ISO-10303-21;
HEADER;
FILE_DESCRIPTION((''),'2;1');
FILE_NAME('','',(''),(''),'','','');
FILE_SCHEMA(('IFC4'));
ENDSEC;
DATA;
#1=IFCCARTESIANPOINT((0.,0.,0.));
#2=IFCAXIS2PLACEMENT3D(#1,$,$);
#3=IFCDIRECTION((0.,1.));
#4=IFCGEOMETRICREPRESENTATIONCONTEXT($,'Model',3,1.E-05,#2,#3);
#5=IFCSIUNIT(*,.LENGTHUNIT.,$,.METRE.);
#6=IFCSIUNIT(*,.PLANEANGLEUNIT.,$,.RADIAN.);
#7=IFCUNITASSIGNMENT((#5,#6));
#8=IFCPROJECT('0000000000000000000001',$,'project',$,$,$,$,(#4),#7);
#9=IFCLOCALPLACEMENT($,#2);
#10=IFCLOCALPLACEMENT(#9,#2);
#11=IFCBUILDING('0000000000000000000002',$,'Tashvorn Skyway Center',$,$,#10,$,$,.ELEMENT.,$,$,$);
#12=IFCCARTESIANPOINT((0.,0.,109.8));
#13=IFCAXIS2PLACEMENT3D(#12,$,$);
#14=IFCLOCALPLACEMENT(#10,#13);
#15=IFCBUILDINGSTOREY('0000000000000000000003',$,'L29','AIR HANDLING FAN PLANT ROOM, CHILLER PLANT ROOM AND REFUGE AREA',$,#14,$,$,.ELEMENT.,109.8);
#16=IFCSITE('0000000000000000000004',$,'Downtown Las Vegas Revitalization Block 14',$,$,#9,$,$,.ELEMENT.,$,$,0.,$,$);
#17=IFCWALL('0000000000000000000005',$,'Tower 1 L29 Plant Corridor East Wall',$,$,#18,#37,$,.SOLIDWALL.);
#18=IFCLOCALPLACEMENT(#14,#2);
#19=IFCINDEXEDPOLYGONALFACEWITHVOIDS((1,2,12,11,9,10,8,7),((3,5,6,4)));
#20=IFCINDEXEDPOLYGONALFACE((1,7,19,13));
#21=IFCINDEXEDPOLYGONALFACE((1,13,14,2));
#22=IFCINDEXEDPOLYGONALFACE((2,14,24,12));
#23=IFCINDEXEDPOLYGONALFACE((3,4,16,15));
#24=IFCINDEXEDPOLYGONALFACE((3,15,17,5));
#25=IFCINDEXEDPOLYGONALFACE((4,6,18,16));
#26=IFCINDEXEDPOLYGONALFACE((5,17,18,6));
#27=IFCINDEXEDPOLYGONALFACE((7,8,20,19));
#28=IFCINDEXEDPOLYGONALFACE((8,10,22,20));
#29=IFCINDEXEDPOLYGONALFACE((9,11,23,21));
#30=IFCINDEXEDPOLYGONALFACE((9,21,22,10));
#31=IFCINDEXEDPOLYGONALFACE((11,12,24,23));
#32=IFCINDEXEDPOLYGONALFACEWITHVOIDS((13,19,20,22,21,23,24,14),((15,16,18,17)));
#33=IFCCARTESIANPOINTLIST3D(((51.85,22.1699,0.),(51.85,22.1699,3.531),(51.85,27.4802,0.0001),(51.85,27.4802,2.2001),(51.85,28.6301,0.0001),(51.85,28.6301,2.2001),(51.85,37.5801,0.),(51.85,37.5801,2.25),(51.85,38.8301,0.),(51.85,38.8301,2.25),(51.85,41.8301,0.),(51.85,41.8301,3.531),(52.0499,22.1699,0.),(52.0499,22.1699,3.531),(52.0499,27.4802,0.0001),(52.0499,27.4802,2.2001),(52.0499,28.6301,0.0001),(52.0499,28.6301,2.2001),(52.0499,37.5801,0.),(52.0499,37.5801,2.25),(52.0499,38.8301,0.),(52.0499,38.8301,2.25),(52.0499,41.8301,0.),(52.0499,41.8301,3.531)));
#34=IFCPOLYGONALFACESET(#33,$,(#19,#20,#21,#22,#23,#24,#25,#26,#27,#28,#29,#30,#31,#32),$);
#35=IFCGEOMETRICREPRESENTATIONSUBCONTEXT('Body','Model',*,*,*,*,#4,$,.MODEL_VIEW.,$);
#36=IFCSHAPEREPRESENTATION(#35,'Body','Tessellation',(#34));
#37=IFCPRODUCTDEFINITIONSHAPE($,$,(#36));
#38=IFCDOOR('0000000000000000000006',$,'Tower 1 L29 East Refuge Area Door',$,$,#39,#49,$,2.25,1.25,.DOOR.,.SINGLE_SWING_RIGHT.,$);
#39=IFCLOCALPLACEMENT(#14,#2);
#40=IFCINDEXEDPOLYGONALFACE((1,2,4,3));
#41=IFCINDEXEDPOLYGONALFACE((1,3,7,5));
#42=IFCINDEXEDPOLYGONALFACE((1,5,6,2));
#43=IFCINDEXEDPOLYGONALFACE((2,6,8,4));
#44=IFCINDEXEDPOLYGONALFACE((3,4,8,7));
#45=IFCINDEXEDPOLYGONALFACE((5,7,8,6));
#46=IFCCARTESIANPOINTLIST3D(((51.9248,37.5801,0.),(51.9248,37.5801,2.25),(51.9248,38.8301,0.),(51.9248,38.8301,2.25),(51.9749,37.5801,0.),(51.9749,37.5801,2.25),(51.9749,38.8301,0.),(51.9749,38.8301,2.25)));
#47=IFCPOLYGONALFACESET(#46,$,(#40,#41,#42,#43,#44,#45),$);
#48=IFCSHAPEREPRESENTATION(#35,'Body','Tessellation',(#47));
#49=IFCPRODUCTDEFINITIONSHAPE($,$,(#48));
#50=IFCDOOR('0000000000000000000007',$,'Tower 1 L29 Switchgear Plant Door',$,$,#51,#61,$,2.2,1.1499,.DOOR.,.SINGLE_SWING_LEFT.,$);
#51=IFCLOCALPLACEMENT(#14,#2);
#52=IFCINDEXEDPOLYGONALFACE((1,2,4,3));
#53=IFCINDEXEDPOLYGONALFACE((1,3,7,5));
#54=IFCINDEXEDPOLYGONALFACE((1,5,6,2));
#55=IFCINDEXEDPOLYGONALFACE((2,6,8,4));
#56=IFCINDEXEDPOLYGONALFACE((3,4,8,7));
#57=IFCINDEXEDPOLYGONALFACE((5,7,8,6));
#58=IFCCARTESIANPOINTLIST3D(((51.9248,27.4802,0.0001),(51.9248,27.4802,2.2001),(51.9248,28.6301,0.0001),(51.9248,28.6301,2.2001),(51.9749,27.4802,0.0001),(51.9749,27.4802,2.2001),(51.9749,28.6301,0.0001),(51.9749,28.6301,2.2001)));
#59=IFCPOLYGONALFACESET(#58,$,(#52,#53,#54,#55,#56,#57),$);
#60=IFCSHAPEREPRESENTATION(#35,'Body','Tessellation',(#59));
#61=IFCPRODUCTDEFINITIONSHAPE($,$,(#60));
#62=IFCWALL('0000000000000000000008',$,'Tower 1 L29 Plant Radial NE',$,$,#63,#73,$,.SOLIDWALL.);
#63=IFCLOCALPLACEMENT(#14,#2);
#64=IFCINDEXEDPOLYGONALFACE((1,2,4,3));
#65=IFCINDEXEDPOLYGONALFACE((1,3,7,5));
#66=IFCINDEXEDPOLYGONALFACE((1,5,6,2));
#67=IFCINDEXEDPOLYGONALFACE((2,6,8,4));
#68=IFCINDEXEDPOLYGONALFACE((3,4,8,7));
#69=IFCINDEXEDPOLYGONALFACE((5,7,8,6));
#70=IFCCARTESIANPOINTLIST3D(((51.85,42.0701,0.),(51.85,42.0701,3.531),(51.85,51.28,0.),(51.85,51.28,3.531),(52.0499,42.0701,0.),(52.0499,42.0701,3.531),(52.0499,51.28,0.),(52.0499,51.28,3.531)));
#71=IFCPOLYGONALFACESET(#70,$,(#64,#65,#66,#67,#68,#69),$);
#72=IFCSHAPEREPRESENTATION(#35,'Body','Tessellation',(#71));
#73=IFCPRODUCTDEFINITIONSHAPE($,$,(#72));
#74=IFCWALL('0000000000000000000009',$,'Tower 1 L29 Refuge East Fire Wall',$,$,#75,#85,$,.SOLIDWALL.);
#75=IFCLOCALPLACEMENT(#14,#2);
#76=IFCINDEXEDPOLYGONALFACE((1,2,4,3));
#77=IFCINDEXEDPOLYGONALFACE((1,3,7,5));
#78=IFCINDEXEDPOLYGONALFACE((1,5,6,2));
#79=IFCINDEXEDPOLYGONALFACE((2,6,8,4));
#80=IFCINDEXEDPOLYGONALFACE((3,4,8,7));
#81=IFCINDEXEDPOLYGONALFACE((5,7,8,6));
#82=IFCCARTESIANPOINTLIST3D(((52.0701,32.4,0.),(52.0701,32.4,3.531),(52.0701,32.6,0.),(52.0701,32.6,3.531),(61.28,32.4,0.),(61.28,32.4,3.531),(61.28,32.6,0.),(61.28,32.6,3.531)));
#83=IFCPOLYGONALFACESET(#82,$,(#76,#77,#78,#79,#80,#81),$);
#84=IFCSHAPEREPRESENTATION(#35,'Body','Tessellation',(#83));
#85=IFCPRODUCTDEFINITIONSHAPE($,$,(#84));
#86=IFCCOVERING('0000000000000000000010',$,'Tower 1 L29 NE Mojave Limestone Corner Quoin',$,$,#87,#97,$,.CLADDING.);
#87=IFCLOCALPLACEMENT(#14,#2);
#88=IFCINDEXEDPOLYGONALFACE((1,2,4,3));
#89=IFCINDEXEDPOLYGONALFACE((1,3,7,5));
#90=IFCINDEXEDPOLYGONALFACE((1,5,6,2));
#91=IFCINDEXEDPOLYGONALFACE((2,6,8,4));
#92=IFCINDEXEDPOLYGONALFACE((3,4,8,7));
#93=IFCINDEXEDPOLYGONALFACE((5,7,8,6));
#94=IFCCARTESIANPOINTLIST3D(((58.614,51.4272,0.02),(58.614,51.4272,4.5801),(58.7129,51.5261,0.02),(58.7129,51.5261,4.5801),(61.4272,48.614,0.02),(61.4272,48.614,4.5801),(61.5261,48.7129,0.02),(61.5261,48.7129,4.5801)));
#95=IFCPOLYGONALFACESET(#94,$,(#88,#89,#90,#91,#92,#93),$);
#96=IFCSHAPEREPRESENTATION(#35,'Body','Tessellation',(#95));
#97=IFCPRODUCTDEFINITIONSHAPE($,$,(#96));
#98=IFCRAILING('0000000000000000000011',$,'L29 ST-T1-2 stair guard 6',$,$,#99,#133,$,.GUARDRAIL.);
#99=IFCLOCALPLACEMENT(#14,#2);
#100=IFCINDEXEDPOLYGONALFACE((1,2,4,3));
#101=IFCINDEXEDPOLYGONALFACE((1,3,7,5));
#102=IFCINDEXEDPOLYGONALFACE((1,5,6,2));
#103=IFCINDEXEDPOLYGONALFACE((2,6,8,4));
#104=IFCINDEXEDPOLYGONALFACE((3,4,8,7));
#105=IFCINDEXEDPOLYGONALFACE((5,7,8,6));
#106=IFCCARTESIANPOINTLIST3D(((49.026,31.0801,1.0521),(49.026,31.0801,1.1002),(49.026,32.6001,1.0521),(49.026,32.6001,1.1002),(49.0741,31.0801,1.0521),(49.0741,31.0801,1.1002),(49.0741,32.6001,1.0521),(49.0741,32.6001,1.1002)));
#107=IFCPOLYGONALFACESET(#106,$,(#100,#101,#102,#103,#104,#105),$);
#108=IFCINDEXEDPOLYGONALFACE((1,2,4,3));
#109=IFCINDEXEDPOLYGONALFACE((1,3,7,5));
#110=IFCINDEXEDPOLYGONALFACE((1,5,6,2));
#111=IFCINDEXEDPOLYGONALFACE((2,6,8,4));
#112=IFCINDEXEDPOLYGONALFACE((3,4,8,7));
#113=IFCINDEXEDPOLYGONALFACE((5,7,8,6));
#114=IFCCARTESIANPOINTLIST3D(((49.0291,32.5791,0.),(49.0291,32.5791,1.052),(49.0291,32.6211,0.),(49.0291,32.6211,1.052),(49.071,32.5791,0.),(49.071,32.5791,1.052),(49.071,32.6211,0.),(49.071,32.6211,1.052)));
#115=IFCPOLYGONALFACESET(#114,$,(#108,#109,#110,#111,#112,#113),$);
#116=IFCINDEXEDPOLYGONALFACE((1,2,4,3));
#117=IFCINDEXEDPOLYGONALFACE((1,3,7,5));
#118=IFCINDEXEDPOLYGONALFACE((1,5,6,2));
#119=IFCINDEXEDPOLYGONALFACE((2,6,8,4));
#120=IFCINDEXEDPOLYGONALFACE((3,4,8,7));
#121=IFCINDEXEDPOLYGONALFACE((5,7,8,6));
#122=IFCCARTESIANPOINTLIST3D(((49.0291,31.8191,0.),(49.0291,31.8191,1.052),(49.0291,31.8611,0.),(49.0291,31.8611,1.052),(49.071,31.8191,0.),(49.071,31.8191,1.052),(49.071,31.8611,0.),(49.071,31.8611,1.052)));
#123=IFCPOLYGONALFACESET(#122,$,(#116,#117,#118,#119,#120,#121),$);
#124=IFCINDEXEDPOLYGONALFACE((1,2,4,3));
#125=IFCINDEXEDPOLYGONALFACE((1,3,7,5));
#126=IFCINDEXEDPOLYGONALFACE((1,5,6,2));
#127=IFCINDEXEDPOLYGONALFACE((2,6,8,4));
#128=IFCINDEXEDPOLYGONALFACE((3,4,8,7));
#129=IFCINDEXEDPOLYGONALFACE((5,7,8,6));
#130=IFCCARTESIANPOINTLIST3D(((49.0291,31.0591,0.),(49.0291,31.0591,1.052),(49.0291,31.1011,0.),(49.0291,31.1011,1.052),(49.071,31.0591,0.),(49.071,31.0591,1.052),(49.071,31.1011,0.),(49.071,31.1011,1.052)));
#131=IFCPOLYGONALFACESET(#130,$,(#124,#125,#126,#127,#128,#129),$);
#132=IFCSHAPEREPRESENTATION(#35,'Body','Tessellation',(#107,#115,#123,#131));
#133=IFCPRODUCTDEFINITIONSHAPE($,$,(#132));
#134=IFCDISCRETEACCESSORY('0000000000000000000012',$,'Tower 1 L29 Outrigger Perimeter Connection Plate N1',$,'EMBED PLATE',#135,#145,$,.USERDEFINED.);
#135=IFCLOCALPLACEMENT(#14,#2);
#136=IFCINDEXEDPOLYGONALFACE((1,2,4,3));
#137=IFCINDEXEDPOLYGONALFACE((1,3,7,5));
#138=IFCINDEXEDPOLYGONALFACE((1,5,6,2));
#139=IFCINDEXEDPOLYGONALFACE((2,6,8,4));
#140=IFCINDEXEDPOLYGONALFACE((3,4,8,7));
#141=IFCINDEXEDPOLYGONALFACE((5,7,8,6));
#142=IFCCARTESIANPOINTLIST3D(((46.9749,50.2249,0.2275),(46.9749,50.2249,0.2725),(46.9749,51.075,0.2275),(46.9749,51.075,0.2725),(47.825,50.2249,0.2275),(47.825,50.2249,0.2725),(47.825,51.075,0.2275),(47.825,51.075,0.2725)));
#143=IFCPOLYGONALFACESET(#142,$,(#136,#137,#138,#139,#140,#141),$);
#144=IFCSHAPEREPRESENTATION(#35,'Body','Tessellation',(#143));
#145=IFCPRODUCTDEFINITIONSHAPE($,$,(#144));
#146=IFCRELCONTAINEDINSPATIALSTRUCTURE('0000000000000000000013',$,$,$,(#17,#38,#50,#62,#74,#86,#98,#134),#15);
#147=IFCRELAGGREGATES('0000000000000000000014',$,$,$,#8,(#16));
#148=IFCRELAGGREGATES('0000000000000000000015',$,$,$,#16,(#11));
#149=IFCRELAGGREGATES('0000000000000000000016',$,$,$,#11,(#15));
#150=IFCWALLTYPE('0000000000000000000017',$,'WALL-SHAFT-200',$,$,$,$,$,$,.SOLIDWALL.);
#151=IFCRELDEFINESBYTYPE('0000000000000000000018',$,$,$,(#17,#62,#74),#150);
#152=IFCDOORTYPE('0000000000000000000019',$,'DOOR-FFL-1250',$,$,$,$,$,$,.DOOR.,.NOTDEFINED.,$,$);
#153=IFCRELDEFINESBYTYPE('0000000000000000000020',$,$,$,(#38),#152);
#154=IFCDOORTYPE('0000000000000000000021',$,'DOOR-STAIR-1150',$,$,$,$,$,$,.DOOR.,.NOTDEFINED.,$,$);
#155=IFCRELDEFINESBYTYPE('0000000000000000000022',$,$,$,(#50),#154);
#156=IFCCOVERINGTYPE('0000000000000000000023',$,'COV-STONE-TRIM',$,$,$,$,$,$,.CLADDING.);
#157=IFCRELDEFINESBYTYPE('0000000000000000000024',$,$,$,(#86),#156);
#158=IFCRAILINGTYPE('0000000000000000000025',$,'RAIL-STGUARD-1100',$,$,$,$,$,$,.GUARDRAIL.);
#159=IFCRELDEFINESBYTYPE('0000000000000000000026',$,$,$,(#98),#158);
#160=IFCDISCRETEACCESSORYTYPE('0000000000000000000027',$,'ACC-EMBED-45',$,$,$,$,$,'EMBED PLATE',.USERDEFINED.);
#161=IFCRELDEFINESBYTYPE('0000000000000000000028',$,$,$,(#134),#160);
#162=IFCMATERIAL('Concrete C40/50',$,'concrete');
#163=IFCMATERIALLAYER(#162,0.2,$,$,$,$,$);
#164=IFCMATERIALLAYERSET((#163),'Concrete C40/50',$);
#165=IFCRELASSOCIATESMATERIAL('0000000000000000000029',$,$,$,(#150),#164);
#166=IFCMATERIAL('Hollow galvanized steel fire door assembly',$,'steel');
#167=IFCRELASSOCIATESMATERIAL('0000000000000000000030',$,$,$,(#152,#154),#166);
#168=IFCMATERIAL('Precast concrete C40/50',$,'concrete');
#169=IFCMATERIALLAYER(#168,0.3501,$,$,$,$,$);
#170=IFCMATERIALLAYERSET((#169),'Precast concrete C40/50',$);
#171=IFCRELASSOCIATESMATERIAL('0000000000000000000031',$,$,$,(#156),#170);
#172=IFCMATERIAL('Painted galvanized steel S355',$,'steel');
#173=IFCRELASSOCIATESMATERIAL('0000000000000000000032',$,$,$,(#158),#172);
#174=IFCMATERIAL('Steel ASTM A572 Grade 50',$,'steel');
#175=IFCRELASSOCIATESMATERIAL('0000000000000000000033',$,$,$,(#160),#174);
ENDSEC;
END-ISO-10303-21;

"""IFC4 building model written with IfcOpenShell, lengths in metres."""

from ifc_helpers import new_model, si_unit, direction, frame, frame_2d, origin, origin_2d, place, context, subcontext, project, spatial, rectangle, extrude, material, layer, layer_set, type_object, element, fill, save


model = new_model("IFC4")

# Units and contexts
model_context = context("Model", 3, precision=1e-05, world=origin(), true_north=direction((0.0, 1.0)))
body_context = subcontext(model_context, "Body", "Model", "MODEL_VIEW")
ifc_project = project(units=[si_unit("LENGTHUNIT", "METRE"), si_unit("PLANEANGLEUNIT", "RADIAN")], contexts=[model_context])

# Site, building, storey
site_placement = place(None, origin())
site = spatial("IfcSite", under=ifc_project, at=site_placement, Name="Downtown Las Vegas Revitalization Block 14", CompositionType="ELEMENT", RefElevation=0.0)
building_placement = place(site_placement, origin())
building = spatial("IfcBuilding", under=site, at=building_placement, Name="Tashvorn Skyway Center", CompositionType="ELEMENT")
storey_placement = place(building_placement, frame((0.0, 0.0, 109.8)))
storey = spatial("IfcBuildingStorey", under=building, at=storey_placement, Name="L29", Description="AIR HANDLING FAN PLANT ROOM, CHILLER PLANT ROOM AND REFUGE AREA", CompositionType="ELEMENT", Elevation=109.8)

# Shared definitions
ifc_material_1 = material(Name="Steel ASTM A572 Grade 50", Category="steel")

# Shared definitions
ifc_material_2 = material(Name="Precast concrete C40/50", Category="concrete")

# Wall, openings, doors
ifc_material_3 = material(Name="Concrete C40/50", Category="concrete")
ifc_layer_1 = layer(ifc_material_3, 0.2)
ifc_layer_set_1 = layer_set([ifc_layer_1], Name="Concrete C40/50")
wall_type_1 = type_object("IfcWallType", Name="WALL-SHAFT-200", PredefinedType="SOLIDWALL", material=ifc_layer_set_1)
wall_1_placement = place(storey_placement, frame((51.95, 41.8301, 0.0), z_axis=(0.0, 0.0, 1.0), x_axis=(0.0, -1.0, 0.0)))
wall_1 = element("IfcWall", 1, at=wall_1_placement, inside=storey, type_object=wall_type_1, Name="Tower 1 L29 Plant Corridor East Wall", PredefinedType="SOLIDWALL", context=body_context, shape_type="SweptSolid", body=[
    extrude(rectangle(XDim=19.6602, YDim=0.2, at=frame_2d((9.8301, 0.0))), origin(), (0.0, 0.0, 1.0), 3.531),
])
opening_1_placement = place(wall_1_placement, frame((3.0, 0.0, 0.0)))
opening_1 = element("IfcOpeningElement", 2, at=opening_1_placement, cuts=wall_1, PredefinedType="OPENING", context=body_context, shape_type="SweptSolid", body=[
    extrude(rectangle(XDim=1.25, YDim=2.25, at=frame_2d((0.625, 1.125))), frame((0.0, 0.1099, 0.0), z_axis=(0.0, -1.0, 0.0), x_axis=(1.0, 0.0, 0.0)), (0.0, 0.0, 1.0), 0.22),
])
opening_2_placement = place(wall_1_placement, frame((13.2, 0.0, 0.0)))
opening_2 = element("IfcOpeningElement", 3, at=opening_2_placement, cuts=wall_1, PredefinedType="OPENING", context=body_context, shape_type="SweptSolid", body=[
    extrude(rectangle(XDim=1.1499, YDim=2.2, at=frame_2d((0.575, 1.1001))), frame((0.0, 0.1099, 0.0), z_axis=(0.0, -1.0, 0.0), x_axis=(1.0, 0.0, 0.0)), (0.0, 0.0, 1.0), 0.22),
])
ifc_material_4 = material(Name="Hollow galvanized steel fire door assembly", Category="steel")
door_type_1 = type_object("IfcDoorType", Name="DOOR-FFL-1250", OperationType="NOTDEFINED", PredefinedType="DOOR", material=ifc_material_4)
door_1_placement = place(opening_1_placement, origin())
door_1 = element("IfcDoor", 4, at=door_1_placement, inside=storey, type_object=door_type_1, Name="Tower 1 L29 East Refuge Area Door", OperationType="SINGLE_SWING_RIGHT", OverallHeight=2.25, OverallWidth=1.25, PredefinedType="DOOR", context=body_context, shape_type="SweptSolid", body=[
    extrude(rectangle(XDim=1.25, YDim=2.25, at=frame_2d((0.625, 1.125))), frame((0.0, 0.0249, 0.0), z_axis=(0.0, -1.0, 0.0), x_axis=(1.0, 0.0, 0.0)), (0.0, 0.0, 1.0), 0.05),
])
fill(opening_1, door_1)
door_type_2 = type_object("IfcDoorType", Name="DOOR-STAIR-1150", OperationType="NOTDEFINED", PredefinedType="DOOR", material=ifc_material_4)
door_2_placement = place(opening_2_placement, origin())
door_2 = element("IfcDoor", 5, at=door_2_placement, inside=storey, type_object=door_type_2, Name="Tower 1 L29 Switchgear Plant Door", OperationType="SINGLE_SWING_LEFT", OverallHeight=2.2, OverallWidth=1.1499, PredefinedType="DOOR", context=body_context, shape_type="SweptSolid", body=[
    extrude(rectangle(XDim=1.1499, YDim=2.2, at=frame_2d((0.575, 1.1001))), frame((0.0, 0.0249, 0.0), z_axis=(0.0, -1.0, 0.0), x_axis=(1.0, 0.0, 0.0)), (0.0, 0.0, 1.0), 0.05),
])
fill(opening_2, door_2)

# Walls
for number, where, z_axis, x_axis, name in (
    (6, (51.95, 42.0701, 0.0), (0.0, 0.0, 1.0), (0.0, 1.0, 0.0), "Tower 1 L29 Plant Radial NE"),
    (7, (52.0701, 32.5, 0.0), (0.0, 0.0, 1.0), (1.0, 0.0, 0.0), "Tower 1 L29 Refuge East Fire Wall"),
):
    element("IfcWall", number, at=place(storey_placement, frame(where, z_axis=z_axis, x_axis=x_axis)), inside=storey, type_object=wall_type_1, Name=name, PredefinedType="SOLIDWALL", context=body_context, shape_type="SweptSolid", body=[
        extrude(rectangle(XDim=9.21, YDim=0.2, at=frame_2d((4.605, 0.0))), origin(), (0.0, 0.0, 1.0), 3.531),
    ])

# Covering
ifc_layer_2 = layer(ifc_material_2, 0.3501)
ifc_layer_set_2 = layer_set([ifc_layer_2], Name="Precast concrete C40/50")
covering_type = type_object("IfcCoveringType", Name="COV-STONE-TRIM", PredefinedType="CLADDING", material=ifc_layer_set_2)
covering_placement = place(storey_placement, frame((60.0701, 50.0701, 0.02), z_axis=(0.0, 0.0, 1.0), x_axis=(0.707107, -0.707107, 0.0)))
element("IfcCovering", 8, at=covering_placement, inside=storey, type_object=covering_type, Name="Tower 1 L29 NE Mojave Limestone Corner Quoin", PredefinedType="CLADDING", context=body_context, shape_type="SweptSolid", body=[
    extrude(rectangle(XDim=3.9785, YDim=0.1399, at=origin_2d()), origin(), (0.0, 0.0, 1.0), 4.5601),
])

# Railing
ifc_material_5 = material(Name="Painted galvanized steel S355", Category="steel")
railing_type = type_object("IfcRailingType", Name="RAIL-STGUARD-1100", PredefinedType="GUARDRAIL", material=ifc_material_5)
railing_placement = place(storey_placement, frame((49.05, 32.6001, 0.0)))
element("IfcRailing", 9, at=railing_placement, inside=storey, type_object=railing_type, Name="L29 ST-T1-2 stair guard 6", PredefinedType="GUARDRAIL", context=body_context, shape_type="SweptSolid", body=[
    extrude(rectangle(XDim=0.0481, YDim=0.0481, at=origin_2d()), frame((0.0, 0.0, 1.0762), z_axis=(0.0, -1.0, 0.0), x_axis=(1.0, 0.0, 0.0)), (0.0, 0.0, 1.0), 1.52),
    extrude(rectangle(XDim=0.042, YDim=0.042, at=origin_2d()), origin(), (0.0, 0.0, 1.0), 1.052),
    extrude(rectangle(XDim=0.042, YDim=0.042, at=origin_2d()), frame((0.0, -0.76, 0.0)), (0.0, 0.0, 1.0), 1.052),
    extrude(rectangle(XDim=0.042, YDim=0.042, at=origin_2d()), frame((0.0, -1.52, 0.0)), (0.0, 0.0, 1.0), 1.052),
])

# Discrete accessory
discrete_accessory_type = type_object("IfcDiscreteAccessoryType", Name="ACC-EMBED-45", ElementType="EMBED PLATE", PredefinedType="USERDEFINED", material=ifc_material_1)
discrete_accessory_placement = place(storey_placement, frame((47.3999, 50.6499, 0.2275), z_axis=(0.0, 0.0, 1.0), x_axis=(1.0, 0.0, 0.0)))
element("IfcDiscreteAccessory", 10, at=discrete_accessory_placement, inside=storey, type_object=discrete_accessory_type, Name="Tower 1 L29 Outrigger Perimeter Connection Plate N1", ObjectType="EMBED PLATE", PredefinedType="USERDEFINED", context=body_context, shape_type="SweptSolid", body=[
    extrude(rectangle(XDim=0.8501, YDim=0.8501, at=origin_2d()), origin(), (0.0, 0.0, 1.0), 0.0449),
])

save(model, "model.ifc")
